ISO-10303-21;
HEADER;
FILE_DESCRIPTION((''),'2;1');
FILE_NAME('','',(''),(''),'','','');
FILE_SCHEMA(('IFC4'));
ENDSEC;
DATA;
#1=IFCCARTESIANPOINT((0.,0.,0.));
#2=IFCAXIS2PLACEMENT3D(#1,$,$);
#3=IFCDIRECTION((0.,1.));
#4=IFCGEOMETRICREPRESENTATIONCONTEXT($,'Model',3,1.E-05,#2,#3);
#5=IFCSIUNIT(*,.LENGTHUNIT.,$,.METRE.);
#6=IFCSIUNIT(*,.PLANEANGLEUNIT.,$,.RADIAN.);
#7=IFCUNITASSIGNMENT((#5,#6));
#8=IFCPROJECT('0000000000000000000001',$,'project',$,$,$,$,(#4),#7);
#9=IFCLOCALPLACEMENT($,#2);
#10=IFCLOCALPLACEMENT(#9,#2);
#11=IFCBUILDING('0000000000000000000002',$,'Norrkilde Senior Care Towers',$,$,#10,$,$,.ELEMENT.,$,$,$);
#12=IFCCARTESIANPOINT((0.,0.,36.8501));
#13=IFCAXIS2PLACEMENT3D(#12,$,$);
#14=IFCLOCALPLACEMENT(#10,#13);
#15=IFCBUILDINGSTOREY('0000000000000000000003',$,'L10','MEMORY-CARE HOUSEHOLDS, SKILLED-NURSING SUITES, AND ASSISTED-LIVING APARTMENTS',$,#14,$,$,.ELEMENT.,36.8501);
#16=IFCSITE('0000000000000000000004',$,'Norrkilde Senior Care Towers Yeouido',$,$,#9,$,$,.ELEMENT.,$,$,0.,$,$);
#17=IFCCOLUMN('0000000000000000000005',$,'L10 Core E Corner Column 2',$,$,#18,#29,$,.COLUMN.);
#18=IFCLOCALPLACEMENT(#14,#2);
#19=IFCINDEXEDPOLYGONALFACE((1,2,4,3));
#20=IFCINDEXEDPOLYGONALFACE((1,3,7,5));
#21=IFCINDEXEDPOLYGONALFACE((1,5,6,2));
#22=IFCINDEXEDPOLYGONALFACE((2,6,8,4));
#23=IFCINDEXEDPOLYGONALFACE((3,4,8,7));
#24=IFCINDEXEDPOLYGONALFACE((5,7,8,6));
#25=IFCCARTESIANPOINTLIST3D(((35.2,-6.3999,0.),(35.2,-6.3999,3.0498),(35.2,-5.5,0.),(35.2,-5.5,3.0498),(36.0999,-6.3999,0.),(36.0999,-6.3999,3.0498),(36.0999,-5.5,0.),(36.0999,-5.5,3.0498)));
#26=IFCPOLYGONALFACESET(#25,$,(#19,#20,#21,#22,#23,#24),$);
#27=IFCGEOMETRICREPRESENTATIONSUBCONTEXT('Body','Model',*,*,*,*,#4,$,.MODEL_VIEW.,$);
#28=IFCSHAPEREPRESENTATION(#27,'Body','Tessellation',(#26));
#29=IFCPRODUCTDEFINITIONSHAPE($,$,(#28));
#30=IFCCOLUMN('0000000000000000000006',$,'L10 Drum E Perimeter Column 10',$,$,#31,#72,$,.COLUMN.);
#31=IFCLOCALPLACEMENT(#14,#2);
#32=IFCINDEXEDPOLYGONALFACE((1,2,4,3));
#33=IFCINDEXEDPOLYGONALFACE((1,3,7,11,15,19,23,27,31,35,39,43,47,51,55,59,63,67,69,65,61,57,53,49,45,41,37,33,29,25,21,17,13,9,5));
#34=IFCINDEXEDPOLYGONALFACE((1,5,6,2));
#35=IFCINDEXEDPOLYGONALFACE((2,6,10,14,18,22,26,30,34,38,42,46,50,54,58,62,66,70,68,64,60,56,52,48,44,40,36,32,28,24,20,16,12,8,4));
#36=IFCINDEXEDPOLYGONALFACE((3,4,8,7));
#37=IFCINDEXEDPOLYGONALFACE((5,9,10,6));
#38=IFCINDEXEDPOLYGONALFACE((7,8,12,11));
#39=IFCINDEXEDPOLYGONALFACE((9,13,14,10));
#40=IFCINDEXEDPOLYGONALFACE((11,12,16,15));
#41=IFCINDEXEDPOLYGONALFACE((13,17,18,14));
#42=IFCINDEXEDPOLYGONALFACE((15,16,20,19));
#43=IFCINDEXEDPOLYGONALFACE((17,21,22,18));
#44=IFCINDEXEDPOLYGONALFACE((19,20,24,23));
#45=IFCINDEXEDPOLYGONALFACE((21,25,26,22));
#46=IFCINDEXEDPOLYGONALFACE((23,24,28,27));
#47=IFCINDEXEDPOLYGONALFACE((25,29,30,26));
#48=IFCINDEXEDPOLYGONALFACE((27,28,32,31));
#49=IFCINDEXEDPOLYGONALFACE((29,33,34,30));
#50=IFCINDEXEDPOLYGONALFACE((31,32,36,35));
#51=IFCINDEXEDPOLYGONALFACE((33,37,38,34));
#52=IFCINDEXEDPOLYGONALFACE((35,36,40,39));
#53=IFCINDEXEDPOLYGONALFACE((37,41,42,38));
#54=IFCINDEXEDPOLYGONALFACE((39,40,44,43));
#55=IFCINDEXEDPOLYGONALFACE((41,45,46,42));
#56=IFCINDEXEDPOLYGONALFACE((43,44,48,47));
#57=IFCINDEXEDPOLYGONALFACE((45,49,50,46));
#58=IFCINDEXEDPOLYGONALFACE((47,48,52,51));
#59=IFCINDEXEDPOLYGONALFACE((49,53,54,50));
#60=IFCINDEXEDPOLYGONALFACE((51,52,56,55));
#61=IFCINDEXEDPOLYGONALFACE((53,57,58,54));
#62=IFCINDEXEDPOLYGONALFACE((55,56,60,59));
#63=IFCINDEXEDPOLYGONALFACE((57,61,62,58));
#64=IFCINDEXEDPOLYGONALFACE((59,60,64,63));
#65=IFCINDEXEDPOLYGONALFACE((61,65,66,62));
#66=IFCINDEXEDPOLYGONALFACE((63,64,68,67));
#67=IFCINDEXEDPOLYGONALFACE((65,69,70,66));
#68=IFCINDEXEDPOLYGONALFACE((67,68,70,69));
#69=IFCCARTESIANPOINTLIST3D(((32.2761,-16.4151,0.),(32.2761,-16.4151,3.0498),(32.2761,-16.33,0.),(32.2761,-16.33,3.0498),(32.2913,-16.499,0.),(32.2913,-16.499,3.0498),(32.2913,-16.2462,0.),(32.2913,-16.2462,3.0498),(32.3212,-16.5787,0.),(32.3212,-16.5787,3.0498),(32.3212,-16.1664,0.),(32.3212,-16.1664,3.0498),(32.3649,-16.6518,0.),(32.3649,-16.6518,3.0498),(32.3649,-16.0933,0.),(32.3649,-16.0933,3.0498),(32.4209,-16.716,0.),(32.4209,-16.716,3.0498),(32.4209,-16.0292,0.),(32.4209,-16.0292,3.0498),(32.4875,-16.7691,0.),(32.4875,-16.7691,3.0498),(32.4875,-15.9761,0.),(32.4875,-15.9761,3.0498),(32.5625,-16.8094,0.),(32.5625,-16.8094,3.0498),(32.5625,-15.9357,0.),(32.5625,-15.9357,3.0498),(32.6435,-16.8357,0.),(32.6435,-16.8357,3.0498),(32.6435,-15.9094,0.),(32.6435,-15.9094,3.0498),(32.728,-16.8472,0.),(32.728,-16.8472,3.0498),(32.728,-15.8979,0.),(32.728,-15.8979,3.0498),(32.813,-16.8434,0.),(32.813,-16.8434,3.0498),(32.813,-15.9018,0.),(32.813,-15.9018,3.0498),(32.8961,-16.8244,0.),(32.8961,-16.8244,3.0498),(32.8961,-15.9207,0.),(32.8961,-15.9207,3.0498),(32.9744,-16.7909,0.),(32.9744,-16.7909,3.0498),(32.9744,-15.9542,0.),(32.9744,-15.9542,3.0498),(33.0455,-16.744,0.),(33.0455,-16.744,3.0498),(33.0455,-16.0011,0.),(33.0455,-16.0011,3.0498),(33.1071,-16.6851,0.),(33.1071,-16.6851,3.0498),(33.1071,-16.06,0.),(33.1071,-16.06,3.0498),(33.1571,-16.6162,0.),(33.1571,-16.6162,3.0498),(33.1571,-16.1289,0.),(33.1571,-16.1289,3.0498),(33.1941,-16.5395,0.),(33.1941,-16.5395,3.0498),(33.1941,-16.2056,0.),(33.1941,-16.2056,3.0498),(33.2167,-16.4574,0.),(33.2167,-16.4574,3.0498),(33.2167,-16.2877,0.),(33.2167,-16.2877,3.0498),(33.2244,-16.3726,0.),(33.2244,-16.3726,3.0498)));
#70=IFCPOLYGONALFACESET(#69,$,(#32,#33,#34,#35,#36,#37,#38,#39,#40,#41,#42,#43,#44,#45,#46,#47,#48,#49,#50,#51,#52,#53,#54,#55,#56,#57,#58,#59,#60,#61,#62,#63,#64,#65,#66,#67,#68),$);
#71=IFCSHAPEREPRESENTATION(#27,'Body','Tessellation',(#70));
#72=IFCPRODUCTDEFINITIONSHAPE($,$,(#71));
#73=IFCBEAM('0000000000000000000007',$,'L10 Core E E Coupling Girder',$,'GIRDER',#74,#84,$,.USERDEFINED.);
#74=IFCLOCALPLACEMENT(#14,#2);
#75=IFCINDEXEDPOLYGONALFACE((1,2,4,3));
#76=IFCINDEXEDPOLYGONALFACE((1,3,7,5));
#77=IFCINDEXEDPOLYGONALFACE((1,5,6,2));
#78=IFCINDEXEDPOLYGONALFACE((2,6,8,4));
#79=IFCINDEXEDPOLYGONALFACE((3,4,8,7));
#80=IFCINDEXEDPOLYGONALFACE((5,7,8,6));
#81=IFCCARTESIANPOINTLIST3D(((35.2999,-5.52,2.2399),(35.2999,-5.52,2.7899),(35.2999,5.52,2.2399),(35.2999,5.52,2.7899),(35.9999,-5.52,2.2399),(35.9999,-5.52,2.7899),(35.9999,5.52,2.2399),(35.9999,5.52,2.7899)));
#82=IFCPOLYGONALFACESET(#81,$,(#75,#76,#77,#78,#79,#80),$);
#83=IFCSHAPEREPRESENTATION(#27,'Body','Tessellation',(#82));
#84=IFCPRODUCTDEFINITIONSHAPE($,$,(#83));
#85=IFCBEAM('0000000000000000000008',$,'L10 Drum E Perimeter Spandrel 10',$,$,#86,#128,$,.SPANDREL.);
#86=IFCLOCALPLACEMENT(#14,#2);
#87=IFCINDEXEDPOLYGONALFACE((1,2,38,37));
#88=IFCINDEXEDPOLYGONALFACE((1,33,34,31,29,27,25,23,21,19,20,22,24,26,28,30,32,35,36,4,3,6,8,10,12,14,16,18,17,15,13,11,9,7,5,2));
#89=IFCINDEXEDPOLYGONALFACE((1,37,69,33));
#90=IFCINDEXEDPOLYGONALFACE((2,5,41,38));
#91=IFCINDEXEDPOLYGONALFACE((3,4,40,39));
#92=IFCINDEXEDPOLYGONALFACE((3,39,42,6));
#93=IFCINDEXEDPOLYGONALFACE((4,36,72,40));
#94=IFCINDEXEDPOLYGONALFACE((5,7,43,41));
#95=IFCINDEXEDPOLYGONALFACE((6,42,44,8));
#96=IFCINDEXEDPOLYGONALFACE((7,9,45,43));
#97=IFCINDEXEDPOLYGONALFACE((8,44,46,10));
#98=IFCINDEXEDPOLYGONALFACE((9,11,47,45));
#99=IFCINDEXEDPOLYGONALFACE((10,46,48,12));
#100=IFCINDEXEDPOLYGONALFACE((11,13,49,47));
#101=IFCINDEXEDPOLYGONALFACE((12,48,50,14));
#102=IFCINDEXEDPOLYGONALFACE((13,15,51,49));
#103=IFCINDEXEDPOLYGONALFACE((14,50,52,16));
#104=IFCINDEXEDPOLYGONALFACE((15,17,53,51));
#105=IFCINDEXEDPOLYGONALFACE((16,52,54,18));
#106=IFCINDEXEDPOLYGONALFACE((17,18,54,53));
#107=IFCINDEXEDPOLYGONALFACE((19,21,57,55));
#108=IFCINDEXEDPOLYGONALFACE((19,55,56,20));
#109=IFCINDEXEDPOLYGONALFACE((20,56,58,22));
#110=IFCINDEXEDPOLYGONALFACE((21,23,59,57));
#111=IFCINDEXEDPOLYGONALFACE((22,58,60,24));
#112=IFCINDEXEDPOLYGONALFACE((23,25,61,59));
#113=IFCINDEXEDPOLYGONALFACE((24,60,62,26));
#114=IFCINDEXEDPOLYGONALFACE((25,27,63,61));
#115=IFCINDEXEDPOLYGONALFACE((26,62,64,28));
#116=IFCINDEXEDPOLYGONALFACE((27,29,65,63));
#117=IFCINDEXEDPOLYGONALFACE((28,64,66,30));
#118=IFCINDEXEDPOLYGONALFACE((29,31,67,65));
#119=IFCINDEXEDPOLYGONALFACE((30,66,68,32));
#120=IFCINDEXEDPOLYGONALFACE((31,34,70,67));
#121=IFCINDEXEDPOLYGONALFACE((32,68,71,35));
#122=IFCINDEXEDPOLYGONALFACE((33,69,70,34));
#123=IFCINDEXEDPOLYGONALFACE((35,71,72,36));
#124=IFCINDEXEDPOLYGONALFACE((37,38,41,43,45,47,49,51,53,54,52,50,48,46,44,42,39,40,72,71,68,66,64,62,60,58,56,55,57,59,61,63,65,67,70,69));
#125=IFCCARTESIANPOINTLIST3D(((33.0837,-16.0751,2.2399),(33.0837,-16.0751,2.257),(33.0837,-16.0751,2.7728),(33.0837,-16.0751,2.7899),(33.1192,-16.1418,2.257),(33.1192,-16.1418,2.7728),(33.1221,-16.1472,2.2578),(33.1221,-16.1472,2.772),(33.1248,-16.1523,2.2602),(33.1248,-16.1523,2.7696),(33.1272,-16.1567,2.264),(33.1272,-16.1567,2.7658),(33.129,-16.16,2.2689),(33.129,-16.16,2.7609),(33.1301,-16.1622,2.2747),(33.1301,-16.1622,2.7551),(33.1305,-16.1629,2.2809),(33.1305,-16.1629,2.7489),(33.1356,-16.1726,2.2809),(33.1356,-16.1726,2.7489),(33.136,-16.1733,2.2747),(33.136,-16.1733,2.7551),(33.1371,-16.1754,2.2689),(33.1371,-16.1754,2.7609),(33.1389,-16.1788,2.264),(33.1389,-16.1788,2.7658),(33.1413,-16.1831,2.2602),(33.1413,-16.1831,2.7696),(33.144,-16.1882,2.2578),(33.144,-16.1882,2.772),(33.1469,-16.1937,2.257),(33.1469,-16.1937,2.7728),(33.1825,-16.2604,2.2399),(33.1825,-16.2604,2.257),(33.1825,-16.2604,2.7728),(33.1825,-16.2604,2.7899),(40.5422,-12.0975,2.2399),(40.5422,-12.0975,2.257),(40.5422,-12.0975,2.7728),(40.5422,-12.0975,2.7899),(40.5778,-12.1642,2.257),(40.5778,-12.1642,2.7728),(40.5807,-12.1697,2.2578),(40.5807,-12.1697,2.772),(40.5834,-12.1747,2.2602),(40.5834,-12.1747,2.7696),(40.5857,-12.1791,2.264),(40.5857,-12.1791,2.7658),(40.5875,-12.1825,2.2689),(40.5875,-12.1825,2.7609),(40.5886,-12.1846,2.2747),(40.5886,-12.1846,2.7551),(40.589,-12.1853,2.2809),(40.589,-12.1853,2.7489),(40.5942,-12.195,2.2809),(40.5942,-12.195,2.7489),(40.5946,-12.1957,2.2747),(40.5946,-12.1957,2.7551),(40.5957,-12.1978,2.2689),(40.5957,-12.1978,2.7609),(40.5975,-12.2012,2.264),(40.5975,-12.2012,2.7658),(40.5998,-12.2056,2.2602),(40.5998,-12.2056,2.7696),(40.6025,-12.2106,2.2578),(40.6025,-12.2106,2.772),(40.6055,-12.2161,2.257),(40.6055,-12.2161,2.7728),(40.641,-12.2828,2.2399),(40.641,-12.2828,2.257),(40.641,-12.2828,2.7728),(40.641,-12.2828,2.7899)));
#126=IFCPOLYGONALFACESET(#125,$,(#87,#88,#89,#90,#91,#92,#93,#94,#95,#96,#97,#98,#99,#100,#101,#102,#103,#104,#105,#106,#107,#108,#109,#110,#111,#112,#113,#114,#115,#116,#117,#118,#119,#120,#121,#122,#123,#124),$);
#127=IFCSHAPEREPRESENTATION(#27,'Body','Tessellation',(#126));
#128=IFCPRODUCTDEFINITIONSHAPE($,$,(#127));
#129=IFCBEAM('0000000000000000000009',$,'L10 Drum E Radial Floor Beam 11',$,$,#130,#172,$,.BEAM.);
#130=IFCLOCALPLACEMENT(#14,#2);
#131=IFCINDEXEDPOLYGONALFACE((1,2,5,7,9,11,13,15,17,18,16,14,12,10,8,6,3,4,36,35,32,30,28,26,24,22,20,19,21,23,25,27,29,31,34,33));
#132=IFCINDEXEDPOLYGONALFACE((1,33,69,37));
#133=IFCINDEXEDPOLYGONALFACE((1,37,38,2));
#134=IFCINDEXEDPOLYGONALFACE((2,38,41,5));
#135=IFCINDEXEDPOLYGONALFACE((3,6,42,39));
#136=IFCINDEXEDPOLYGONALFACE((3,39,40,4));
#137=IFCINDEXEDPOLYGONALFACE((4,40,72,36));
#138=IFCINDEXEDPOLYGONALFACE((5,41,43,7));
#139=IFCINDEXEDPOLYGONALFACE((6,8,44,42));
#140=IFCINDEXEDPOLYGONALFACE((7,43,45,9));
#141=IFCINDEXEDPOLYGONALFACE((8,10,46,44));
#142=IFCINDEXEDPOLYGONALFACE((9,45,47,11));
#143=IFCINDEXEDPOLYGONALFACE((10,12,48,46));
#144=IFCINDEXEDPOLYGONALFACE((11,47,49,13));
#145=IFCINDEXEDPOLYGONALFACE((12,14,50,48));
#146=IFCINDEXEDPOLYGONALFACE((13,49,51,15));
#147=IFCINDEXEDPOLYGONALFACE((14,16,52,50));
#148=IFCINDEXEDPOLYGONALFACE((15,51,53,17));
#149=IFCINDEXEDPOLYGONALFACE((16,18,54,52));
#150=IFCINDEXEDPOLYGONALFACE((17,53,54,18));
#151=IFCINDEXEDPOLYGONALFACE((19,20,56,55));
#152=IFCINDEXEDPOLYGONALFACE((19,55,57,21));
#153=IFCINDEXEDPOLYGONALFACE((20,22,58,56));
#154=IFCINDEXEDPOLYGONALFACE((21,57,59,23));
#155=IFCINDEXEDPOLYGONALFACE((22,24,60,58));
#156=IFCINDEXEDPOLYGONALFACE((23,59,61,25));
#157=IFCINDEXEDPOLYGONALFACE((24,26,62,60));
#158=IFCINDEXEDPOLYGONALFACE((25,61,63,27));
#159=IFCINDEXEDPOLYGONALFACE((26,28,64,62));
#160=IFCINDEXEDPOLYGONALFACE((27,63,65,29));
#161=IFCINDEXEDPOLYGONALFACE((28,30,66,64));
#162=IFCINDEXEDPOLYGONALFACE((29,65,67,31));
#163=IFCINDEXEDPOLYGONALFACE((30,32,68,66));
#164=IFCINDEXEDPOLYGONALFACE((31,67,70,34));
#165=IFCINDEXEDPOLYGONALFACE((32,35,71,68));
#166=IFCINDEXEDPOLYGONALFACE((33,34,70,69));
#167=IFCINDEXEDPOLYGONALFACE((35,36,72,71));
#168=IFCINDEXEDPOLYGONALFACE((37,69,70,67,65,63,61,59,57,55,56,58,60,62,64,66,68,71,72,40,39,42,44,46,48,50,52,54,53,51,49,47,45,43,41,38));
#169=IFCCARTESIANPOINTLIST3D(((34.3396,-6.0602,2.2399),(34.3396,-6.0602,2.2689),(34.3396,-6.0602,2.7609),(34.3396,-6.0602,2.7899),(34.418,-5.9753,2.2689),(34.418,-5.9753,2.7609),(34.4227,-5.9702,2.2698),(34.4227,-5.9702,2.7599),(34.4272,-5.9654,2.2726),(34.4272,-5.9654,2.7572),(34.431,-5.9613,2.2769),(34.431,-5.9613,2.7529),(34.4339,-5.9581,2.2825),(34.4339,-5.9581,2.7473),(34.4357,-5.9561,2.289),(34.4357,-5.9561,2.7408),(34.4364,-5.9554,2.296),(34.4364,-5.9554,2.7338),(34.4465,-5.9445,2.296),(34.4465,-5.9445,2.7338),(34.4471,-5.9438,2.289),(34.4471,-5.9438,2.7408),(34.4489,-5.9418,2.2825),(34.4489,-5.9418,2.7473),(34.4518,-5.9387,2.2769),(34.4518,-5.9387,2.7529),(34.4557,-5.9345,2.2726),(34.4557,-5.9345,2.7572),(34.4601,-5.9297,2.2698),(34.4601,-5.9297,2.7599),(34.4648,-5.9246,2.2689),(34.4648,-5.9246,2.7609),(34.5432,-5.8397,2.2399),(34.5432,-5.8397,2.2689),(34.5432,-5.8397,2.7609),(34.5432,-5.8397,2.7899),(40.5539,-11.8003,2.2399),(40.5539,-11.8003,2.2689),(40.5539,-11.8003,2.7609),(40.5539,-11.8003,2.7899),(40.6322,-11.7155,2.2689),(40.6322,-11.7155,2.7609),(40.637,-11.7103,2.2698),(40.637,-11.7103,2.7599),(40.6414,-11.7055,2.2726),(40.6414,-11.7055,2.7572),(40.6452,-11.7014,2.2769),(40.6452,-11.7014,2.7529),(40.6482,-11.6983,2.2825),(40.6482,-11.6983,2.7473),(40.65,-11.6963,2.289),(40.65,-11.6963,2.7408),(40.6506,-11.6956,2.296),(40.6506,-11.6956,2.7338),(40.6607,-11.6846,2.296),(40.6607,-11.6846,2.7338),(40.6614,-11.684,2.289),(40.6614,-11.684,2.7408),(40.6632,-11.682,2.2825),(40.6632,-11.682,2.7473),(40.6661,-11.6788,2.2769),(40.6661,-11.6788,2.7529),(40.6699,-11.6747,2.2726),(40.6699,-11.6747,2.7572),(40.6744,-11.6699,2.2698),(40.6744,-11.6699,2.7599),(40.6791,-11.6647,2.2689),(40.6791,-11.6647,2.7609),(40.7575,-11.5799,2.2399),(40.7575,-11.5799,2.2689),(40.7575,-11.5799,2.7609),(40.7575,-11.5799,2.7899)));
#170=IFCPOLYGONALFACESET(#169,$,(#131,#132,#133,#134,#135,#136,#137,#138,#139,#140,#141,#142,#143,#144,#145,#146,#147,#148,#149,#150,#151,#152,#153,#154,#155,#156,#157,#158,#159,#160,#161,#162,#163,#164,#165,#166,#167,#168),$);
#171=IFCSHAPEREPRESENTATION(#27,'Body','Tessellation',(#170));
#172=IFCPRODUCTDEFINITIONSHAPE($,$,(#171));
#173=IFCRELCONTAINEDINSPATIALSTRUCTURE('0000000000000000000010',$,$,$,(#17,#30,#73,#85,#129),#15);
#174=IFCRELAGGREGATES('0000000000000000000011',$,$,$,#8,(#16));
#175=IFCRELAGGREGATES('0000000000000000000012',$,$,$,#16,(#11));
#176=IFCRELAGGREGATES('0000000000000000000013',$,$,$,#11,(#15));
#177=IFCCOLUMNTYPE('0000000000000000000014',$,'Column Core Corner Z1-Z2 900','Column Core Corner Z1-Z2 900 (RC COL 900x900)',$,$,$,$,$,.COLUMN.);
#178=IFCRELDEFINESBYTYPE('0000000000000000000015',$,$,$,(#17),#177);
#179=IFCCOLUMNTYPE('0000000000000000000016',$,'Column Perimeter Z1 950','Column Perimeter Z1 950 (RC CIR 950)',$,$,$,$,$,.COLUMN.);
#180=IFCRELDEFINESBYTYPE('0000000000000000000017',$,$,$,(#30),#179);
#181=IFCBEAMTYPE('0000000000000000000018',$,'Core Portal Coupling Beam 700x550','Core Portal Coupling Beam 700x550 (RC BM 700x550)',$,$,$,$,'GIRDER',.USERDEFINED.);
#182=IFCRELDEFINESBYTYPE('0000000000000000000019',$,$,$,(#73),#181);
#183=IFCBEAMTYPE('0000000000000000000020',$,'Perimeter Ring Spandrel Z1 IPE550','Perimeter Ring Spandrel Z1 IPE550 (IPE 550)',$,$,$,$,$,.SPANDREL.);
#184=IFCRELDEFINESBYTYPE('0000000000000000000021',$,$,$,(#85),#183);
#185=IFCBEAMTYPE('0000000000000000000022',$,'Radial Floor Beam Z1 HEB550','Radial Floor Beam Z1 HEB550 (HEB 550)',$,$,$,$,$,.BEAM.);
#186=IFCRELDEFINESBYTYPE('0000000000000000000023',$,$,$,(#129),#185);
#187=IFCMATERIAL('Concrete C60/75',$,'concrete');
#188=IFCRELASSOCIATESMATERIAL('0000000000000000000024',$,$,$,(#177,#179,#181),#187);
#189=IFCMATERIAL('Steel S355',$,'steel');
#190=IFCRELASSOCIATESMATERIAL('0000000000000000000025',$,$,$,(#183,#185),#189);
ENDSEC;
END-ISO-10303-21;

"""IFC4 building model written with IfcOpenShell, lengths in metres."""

from ifc_helpers import new_model, si_unit, direction, frame, origin, origin_2d, place, context, subcontext, project, spatial, rectangle, circle, i_section, extrude, source, transform, mapped, material, material_profile, profile_set, type_object, type_shapes, element, save


model = new_model("IFC4")

# Units and contexts
model_context = context("Model", 3, precision=1e-05, world=origin(), true_north=direction((0.0, 1.0)))
body_context = subcontext(model_context, "Body", "Model", "MODEL_VIEW")
ifc_project = project(units=[si_unit("LENGTHUNIT", "METRE"), si_unit("PLANEANGLEUNIT", "RADIAN")], contexts=[model_context])

# Site, building, storey
site_placement = place(None, origin())
site = spatial("IfcSite", under=ifc_project, at=site_placement, Name="Norrkilde Senior Care Towers Yeouido", CompositionType="ELEMENT", RefElevation=0.0)
building_placement = place(site_placement, origin())
building = spatial("IfcBuilding", under=site, at=building_placement, Name="Norrkilde Senior Care Towers", CompositionType="ELEMENT")
storey_placement = place(building_placement, frame((0.0, 0.0, 36.8501)))
storey = spatial("IfcBuildingStorey", under=building, at=storey_placement, Name="L10", Description="MEMORY-CARE HOUSEHOLDS, SKILLED-NURSING SUITES, AND ASSISTED-LIVING APARTMENTS", CompositionType="ELEMENT", Elevation=36.8501)

# Columns
ifc_material_1 = material(Name="Concrete C60/75", Category="concrete")
ifc_material_profile_1 = material_profile(ifc_material_1, rectangle(XDim=0.8999, YDim=0.8999, at=origin_2d()), Name="RC COL 900x900")
ifc_profile_set_1 = profile_set([ifc_material_profile_1], Name="Concrete C60/75")
column_type_1 = type_object("IfcColumnType", Name="Column Core Corner Z1-Z2 900", Description="Column Core Corner Z1-Z2 900 (RC COL 900x900)", PredefinedType="COLUMN", material=ifc_profile_set_1)
shared_shape_1 = source(origin(), body_context, "Body", "SweptSolid", [
    extrude(rectangle(XDim=0.8999, YDim=0.8999, at=origin_2d()), origin(), (0.0, 0.0, 1.0), 3.0498),
])
type_shapes(column_type_1, [shared_shape_1])
column_1_placement = place(storey_placement, frame((35.6499, -5.95, 0.0), z_axis=(0.0, 0.0, 1.0), x_axis=(1.0, 0.0, 0.0)))
element("IfcColumn", 1, at=column_1_placement, inside=storey, type_object=column_type_1, Name="L10 Core E Corner Column 2", PredefinedType="COLUMN", context=body_context, shape_type="MappedRepresentation", body=[
    mapped(shared_shape_1, transform((0.0, 0.0, 0.0), x_axis=(1.0, 0.0, 0.0), y_axis=(0.0, 1.0, 0.0), z_axis=(0.0, 0.0, 1.0), scale=1.0)),
])
ifc_material_profile_2 = material_profile(ifc_material_1, circle(Radius=0.4751, at=origin_2d()), Name="RC CIR 950")
ifc_profile_set_2 = profile_set([ifc_material_profile_2], Name="Concrete C60/75")
column_type_2 = type_object("IfcColumnType", Name="Column Perimeter Z1 950", Description="Column Perimeter Z1 950 (RC CIR 950)", PredefinedType="COLUMN", material=ifc_profile_set_2)
shared_shape_2 = source(origin(), body_context, "Body", "SweptSolid", [
    extrude(circle(Radius=0.4751, at=origin_2d()), origin(), (0.0, 0.0, 1.0), 3.0498),
])
type_shapes(column_type_2, [shared_shape_2])
column_2_placement = place(storey_placement, frame((32.7493, -16.3726, 0.0), z_axis=(0.0, 0.0, 1.0), x_axis=(1.0, 0.0, 0.0)))
element("IfcColumn", 2, at=column_2_placement, inside=storey, type_object=column_type_2, Name="L10 Drum E Perimeter Column 10", PredefinedType="COLUMN", context=body_context, shape_type="MappedRepresentation", body=[
    mapped(shared_shape_2, transform((0.0, 0.0, 0.0), x_axis=(1.0, 0.0, 0.0), y_axis=(0.0, 1.0, 0.0), z_axis=(0.0, 0.0, 1.0), scale=1.0)),
])

# Beams
ifc_material_profile_3 = material_profile(ifc_material_1, rectangle(XDim=0.7, YDim=0.55, at=origin_2d()), Name="RC BM 700x550")
ifc_profile_set_3 = profile_set([ifc_material_profile_3], Name="Concrete C60/75")
beam_type_1 = type_object("IfcBeamType", Name="Core Portal Coupling Beam 700x550", Description="Core Portal Coupling Beam 700x550 (RC BM 700x550)", ElementType="GIRDER", PredefinedType="USERDEFINED", material=ifc_profile_set_3)
shared_shape_3 = source(origin(), body_context, "Body", "SweptSolid", [
    extrude(rectangle(XDim=0.7, YDim=0.55, at=origin_2d()), origin(), (0.0, 0.0, 1.0), 11.04),
])
type_shapes(beam_type_1, [shared_shape_3])
beam_1_placement = place(storey_placement, frame((35.6499, -5.52, 2.5149), z_axis=(0.0, 1.0, 0.0), x_axis=(-1.0, 0.0, 0.0)))
element("IfcBeam", 3, at=beam_1_placement, inside=storey, type_object=beam_type_1, Name="L10 Core E E Coupling Girder", ObjectType="GIRDER", PredefinedType="USERDEFINED", context=body_context, shape_type="MappedRepresentation", body=[
    mapped(shared_shape_3, transform((0.0, 0.0, 0.0), x_axis=(1.0, 0.0, 0.0), y_axis=(0.0, 1.0, 0.0), z_axis=(0.0, 0.0, 1.0), scale=1.0)),
])
ifc_material_2 = material(Name="Steel S355", Category="steel")
ifc_material_profile_4 = material_profile(ifc_material_2, i_section(OverallWidth=0.21, OverallDepth=0.55, WebThickness=0.011, FlangeThickness=0.0171, FilletRadius=0.0239, at=origin_2d()), Name="IPE 550")
ifc_profile_set_4 = profile_set([ifc_material_profile_4], Name="Steel S355")
beam_type_2 = type_object("IfcBeamType", Name="Perimeter Ring Spandrel Z1 IPE550", Description="Perimeter Ring Spandrel Z1 IPE550 (IPE 550)", PredefinedType="SPANDREL", material=ifc_profile_set_4)
shared_shape_4 = source(origin(), body_context, "Body", "SweptSolid", [
    extrude(i_section(OverallWidth=0.21, OverallDepth=0.55, WebThickness=0.011, FlangeThickness=0.0171, FilletRadius=0.0239, at=origin_2d()), origin(), (0.0, 0.0, 1.0), 8.4529),
])
type_shapes(beam_type_2, [shared_shape_4])
beam_2_placement = place(storey_placement, frame((33.1331, -16.1677, 2.5149), z_axis=(0.882369, 0.470558, 0.0), x_axis=(-0.470558, 0.882369, 0.0)))
element("IfcBeam", 4, at=beam_2_placement, inside=storey, type_object=beam_type_2, Name="L10 Drum E Perimeter Spandrel 10", PredefinedType="SPANDREL", context=body_context, shape_type="MappedRepresentation", body=[
    mapped(shared_shape_4, transform((0.0, 0.0, 0.0), x_axis=(1.0, 0.0, 0.0), y_axis=(0.0, 1.0, 0.0), z_axis=(0.0, 0.0, 1.0), scale=1.0)),
])
ifc_material_profile_5 = material_profile(ifc_material_2, i_section(OverallWidth=0.3, OverallDepth=0.55, WebThickness=0.0149, FlangeThickness=0.0291, FilletRadius=0.0271, at=origin_2d()), Name="HEB 550")
ifc_profile_set_5 = profile_set([ifc_material_profile_5], Name="Steel S355")
beam_type_3 = type_object("IfcBeamType", Name="Radial Floor Beam Z1 HEB550", Description="Radial Floor Beam Z1 HEB550 (HEB 550)", PredefinedType="BEAM", material=ifc_profile_set_5)
shared_shape_5 = source(origin(), body_context, "Body", "SweptSolid", [
    extrude(i_section(OverallWidth=0.3, OverallDepth=0.55, WebThickness=0.0149, FlangeThickness=0.0291, FilletRadius=0.0271, at=origin_2d()), origin(), (0.0, 0.0, 1.0), 8.4597),
])
beam_3_placement = place(storey_placement, frame((34.4414, -5.95, 2.5149), z_axis=(0.734573, -0.678529, 0.0), x_axis=(0.678529, 0.734573, 0.0)))
element("IfcBeam", 5, at=beam_3_placement, inside=storey, type_object=beam_type_3, Name="L10 Drum E Radial Floor Beam 11", PredefinedType="BEAM", context=body_context, shape_type="MappedRepresentation", body=[
    mapped(shared_shape_5, transform((0.0, 0.0, 0.0), x_axis=(1.0, 0.0, 0.0), y_axis=(0.0, 1.0, 0.0), z_axis=(0.0, 0.0, 1.0), scale=1.0)),
])

save(model, "model.ifc")
